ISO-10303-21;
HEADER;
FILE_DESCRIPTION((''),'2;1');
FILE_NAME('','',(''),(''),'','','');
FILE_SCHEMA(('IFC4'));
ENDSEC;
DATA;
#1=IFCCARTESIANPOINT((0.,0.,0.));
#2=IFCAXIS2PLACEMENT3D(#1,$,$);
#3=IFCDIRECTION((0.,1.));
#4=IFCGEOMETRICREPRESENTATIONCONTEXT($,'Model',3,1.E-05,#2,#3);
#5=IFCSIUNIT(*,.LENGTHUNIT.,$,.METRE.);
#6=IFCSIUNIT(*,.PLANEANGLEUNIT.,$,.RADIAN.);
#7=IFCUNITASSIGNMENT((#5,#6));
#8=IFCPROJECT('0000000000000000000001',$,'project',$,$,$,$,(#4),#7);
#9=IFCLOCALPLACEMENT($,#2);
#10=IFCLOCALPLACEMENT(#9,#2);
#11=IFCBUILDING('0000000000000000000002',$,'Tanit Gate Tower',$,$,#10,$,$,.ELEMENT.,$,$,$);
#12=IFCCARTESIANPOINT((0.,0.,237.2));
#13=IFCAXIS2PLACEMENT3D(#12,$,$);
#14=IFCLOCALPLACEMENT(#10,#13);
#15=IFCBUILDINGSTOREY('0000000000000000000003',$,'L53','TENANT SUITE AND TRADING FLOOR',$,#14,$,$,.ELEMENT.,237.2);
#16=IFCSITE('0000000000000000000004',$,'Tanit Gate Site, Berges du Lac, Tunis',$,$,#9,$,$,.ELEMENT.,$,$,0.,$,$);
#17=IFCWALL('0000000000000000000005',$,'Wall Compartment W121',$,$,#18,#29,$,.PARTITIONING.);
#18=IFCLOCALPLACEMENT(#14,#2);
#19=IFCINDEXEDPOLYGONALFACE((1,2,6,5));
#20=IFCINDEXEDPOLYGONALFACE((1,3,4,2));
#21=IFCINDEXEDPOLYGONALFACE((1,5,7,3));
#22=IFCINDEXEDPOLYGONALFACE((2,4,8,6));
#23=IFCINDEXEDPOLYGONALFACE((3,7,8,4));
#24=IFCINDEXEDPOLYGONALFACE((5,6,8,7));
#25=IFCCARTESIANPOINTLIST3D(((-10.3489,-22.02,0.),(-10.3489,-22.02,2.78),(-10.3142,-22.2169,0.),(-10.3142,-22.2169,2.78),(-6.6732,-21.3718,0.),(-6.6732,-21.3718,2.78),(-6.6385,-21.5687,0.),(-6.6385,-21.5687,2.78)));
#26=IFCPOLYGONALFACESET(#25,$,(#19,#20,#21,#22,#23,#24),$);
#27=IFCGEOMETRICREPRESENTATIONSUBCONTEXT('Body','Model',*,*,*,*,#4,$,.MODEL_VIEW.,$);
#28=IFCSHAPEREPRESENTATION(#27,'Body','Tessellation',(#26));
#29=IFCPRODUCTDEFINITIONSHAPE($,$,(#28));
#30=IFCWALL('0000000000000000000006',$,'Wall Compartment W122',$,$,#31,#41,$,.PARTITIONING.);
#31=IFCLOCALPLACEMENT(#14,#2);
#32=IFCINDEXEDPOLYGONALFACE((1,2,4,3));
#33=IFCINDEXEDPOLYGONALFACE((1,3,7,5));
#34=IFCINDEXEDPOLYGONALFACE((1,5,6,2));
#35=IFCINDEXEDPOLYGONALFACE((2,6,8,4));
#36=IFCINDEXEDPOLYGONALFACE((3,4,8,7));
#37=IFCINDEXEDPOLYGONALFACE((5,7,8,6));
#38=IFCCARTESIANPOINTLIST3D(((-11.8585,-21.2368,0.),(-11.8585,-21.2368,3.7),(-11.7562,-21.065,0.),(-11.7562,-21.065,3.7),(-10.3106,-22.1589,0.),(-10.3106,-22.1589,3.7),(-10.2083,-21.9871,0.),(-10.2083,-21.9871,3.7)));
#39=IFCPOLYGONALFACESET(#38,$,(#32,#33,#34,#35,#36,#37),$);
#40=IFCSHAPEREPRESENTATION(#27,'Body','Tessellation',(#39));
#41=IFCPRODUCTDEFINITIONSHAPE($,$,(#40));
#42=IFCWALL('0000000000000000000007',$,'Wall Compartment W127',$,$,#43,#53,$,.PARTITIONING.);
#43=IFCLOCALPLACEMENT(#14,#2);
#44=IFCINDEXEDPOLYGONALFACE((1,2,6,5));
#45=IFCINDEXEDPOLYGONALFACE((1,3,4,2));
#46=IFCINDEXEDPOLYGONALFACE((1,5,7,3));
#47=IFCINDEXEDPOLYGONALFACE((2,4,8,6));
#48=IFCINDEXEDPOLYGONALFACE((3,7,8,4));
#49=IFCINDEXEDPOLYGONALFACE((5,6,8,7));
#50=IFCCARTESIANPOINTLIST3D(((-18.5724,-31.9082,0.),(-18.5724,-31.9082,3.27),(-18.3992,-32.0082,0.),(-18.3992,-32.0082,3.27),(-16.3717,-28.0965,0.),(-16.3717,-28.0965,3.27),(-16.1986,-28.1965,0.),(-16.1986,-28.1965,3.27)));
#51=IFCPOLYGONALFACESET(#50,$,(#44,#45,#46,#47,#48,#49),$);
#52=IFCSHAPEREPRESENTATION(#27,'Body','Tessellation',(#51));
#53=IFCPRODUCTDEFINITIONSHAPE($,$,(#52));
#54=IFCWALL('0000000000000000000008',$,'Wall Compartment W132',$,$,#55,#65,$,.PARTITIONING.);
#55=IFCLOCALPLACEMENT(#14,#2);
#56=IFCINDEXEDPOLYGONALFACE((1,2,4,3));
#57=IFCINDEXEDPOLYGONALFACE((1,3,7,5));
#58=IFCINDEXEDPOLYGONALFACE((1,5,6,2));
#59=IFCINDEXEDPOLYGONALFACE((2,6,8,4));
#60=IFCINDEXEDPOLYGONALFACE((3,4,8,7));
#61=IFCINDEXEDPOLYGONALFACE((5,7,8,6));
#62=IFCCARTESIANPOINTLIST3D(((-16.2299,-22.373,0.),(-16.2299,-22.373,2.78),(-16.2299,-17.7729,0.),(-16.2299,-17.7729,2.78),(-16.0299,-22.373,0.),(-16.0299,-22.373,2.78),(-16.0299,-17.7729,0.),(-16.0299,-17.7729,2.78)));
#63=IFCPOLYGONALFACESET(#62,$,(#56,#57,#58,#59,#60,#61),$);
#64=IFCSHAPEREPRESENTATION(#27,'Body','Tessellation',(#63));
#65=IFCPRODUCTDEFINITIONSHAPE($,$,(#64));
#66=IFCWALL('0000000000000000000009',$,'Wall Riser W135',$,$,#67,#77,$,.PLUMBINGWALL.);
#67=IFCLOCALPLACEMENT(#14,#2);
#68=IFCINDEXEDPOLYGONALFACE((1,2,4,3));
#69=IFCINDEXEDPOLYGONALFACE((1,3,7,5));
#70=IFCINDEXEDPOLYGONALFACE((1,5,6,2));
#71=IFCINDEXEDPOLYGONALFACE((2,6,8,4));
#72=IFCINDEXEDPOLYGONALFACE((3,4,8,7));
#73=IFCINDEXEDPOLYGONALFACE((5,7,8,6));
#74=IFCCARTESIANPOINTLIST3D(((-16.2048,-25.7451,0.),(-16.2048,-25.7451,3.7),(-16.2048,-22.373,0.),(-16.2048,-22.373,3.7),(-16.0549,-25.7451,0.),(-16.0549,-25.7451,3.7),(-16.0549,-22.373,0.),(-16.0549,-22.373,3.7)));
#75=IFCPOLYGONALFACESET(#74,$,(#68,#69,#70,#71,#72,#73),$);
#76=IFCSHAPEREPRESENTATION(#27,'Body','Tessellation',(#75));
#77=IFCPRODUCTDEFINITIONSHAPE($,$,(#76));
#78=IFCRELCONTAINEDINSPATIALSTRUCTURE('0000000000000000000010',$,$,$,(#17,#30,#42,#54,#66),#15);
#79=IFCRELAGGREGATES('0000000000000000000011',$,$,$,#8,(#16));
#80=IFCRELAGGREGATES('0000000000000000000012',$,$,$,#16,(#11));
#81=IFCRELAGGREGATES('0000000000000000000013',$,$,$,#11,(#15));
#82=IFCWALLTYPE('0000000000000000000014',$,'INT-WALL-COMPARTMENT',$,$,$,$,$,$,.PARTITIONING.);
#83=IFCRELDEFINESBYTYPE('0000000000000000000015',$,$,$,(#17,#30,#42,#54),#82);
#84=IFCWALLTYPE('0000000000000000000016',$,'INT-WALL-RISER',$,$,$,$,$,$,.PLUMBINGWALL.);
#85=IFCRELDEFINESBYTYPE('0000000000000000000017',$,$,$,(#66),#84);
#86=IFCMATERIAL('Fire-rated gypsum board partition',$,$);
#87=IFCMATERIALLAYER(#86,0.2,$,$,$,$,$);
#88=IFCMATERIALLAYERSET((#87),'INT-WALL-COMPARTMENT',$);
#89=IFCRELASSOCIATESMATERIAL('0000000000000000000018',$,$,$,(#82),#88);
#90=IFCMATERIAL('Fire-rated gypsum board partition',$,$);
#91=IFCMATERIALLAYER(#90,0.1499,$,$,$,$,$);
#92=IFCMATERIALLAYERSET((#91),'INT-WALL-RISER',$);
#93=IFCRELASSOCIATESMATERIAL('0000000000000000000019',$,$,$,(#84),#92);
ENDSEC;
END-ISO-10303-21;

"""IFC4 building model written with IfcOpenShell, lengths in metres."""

from ifc_helpers import new_model, si_unit, direction, frame, frame_2d, origin, place, context, subcontext, project, spatial, rectangle, extrude, material, layer, layer_set, type_object, element, save


model = new_model("IFC4")

# Units and contexts
model_context = context("Model", 3, precision=1e-05, world=origin(), true_north=direction((0.0, 1.0)))
body_context = subcontext(model_context, "Body", "Model", "MODEL_VIEW")
ifc_project = project(units=[si_unit("LENGTHUNIT", "METRE"), si_unit("PLANEANGLEUNIT", "RADIAN")], contexts=[model_context])

# Site, building, storey
site_placement = place(None, origin())
site = spatial("IfcSite", under=ifc_project, at=site_placement, Name="Tanit Gate Site, Berges du Lac, Tunis", CompositionType="ELEMENT", RefElevation=0.0)
building_placement = place(site_placement, origin())
building = spatial("IfcBuilding", under=site, at=building_placement, Name="Tanit Gate Tower", CompositionType="ELEMENT")
storey_placement = place(building_placement, frame((0.0, 0.0, 237.2)))
storey = spatial("IfcBuildingStorey", under=building, at=storey_placement, Name="L53", Description="TENANT SUITE AND TRADING FLOOR", CompositionType="ELEMENT", Elevation=237.2)

# Shared definitions
ifc_material_1 = material(Name="Fire-rated gypsum board partition")
ifc_layer_1 = layer(ifc_material_1, 0.2)
ifc_layer_set_1 = layer_set([ifc_layer_1], Name="INT-WALL-COMPARTMENT")
wall_type_1 = type_object("IfcWallType", Name="INT-WALL-COMPARTMENT", PredefinedType="PARTITIONING", material=ifc_layer_set_1)

# Walls
wall_1_placement = place(storey_placement, frame((-10.3315, -22.1184, 0.0), z_axis=(0.0, 0.0, 1.0), x_axis=(0.984805, 0.173662, 0.0)))
element("IfcWall", 1, at=wall_1_placement, inside=storey, type_object=wall_type_1, Name="Wall Compartment W121", PredefinedType="PARTITIONING", context=body_context, shape_type="SweptSolid", body=[
    extrude(rectangle(XDim=3.7324, YDim=0.2, at=frame_2d((1.8662, 0.0))), origin(), (0.0, 0.0, 1.0), 2.78),
])
wall_2_placement = place(storey_placement, frame((-11.8074, -21.1509, 0.0), z_axis=(0.0, 0.0, 1.0), x_axis=(0.859103, -0.511803, 0.0)))
element("IfcWall", 2, at=wall_2_placement, inside=storey, type_object=wall_type_1, Name="Wall Compartment W122", PredefinedType="PARTITIONING", context=body_context, shape_type="SweptSolid", body=[
    extrude(rectangle(XDim=1.8018, YDim=0.2, at=frame_2d((0.9009, 0.0))), origin(), (0.0, 0.0, 1.0), 3.7),
])
wall_3_placement = place(storey_placement, frame((-16.2852, -28.1465, 0.0), z_axis=(0.0, 0.0, 1.0), x_axis=(-0.499993, -0.866029, 0.0)))
element("IfcWall", 3, at=wall_3_placement, inside=storey, type_object=wall_type_1, Name="Wall Compartment W127", PredefinedType="PARTITIONING", context=body_context, shape_type="SweptSolid", body=[
    extrude(rectangle(XDim=4.4014, YDim=0.2, at=frame_2d((2.2007, 0.0))), origin(), (0.0, 0.0, 1.0), 3.27),
])
wall_4_placement = place(storey_placement, frame((-16.1299, -22.373, 0.0), z_axis=(0.0, 0.0, 1.0), x_axis=(0.0, 1.0, 0.0)))
element("IfcWall", 4, at=wall_4_placement, inside=storey, type_object=wall_type_1, Name="Wall Compartment W132", PredefinedType="PARTITIONING", context=body_context, shape_type="SweptSolid", body=[
    extrude(rectangle(XDim=4.6001, YDim=0.2, at=frame_2d((2.3, 0.0))), origin(), (0.0, 0.0, 1.0), 2.78),
])
ifc_material_2 = material(Name="Fire-rated gypsum board partition")
ifc_layer_2 = layer(ifc_material_2, 0.1499)
ifc_layer_set_2 = layer_set([ifc_layer_2], Name="INT-WALL-RISER")
wall_type_2 = type_object("IfcWallType", Name="INT-WALL-RISER", PredefinedType="PLUMBINGWALL", material=ifc_layer_set_2)
wall_5_placement = place(storey_placement, frame((-16.1299, -25.7451, 0.0), z_axis=(0.0, 0.0, 1.0), x_axis=(0.0, 1.0, 0.0)))
element("IfcWall", 5, at=wall_5_placement, inside=storey, type_object=wall_type_2, Name="Wall Riser W135", PredefinedType="PLUMBINGWALL", context=body_context, shape_type="SweptSolid", body=[
    extrude(rectangle(XDim=3.3721, YDim=0.1499, at=frame_2d((1.686, 0.0))), origin(), (0.0, 0.0, 1.0), 3.7),
])

save(model, "model.ifc")
